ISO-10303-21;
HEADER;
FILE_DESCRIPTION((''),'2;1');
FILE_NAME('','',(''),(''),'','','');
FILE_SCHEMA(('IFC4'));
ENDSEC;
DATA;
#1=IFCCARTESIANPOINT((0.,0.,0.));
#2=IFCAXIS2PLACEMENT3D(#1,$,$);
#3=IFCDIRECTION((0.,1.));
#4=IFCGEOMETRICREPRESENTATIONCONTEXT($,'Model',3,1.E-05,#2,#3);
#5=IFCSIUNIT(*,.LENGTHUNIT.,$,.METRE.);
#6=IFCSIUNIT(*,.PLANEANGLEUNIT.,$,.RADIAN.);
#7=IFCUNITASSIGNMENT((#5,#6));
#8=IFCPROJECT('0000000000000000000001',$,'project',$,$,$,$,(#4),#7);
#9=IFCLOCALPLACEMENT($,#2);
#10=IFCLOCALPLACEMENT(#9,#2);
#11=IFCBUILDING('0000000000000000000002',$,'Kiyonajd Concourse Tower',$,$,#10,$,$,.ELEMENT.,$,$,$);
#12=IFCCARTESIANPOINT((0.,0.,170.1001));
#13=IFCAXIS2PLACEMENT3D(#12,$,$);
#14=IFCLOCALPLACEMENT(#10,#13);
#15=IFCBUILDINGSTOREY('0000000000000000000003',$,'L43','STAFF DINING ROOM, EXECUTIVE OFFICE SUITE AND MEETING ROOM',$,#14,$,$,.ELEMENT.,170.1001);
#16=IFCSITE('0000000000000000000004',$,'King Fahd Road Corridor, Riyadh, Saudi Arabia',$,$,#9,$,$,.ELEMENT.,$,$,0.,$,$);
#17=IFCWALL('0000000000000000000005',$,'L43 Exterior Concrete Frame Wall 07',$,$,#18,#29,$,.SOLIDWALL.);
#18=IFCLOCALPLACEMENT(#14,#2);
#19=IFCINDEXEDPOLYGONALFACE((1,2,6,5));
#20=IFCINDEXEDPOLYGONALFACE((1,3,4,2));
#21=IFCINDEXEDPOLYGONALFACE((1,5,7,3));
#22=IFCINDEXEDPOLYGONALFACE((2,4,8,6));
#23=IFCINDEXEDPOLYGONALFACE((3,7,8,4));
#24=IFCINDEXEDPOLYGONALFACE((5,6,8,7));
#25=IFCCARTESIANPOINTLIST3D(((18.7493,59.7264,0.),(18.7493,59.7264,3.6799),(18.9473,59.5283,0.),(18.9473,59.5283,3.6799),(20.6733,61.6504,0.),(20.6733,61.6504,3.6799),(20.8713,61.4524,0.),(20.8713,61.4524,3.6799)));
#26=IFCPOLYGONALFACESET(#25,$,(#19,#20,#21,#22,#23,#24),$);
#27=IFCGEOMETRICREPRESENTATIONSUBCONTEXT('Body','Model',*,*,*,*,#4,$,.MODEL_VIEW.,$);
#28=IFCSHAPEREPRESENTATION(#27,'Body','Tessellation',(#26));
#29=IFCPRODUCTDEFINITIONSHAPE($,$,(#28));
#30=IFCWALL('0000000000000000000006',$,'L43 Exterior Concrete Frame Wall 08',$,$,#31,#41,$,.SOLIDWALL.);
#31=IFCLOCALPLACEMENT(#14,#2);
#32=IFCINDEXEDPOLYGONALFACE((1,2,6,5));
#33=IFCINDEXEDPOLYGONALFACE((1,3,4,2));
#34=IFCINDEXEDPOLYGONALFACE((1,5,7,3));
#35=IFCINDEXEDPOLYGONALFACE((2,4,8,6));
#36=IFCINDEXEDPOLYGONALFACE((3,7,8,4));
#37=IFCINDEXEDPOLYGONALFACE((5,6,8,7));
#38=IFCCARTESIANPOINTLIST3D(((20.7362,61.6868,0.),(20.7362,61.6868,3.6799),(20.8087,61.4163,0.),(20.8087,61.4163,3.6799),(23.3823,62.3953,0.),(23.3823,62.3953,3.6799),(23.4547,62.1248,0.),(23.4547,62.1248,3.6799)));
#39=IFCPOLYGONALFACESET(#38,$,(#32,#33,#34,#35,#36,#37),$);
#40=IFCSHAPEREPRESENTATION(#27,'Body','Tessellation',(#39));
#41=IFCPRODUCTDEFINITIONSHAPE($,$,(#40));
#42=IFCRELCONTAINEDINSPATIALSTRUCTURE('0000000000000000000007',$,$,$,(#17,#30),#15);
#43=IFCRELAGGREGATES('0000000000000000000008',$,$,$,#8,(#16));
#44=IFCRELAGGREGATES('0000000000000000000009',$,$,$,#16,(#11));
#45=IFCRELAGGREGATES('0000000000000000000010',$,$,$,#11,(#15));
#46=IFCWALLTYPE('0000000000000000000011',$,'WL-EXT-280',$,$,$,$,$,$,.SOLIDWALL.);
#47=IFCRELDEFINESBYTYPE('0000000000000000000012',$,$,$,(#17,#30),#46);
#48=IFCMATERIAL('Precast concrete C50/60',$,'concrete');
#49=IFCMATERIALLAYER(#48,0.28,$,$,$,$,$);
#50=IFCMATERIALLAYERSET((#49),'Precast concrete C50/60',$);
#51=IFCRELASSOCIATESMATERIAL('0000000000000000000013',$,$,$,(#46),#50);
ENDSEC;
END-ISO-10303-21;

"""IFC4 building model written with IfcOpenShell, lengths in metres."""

from ifc_helpers import new_model, si_unit, direction, frame, frame_2d, origin, place, context, subcontext, project, spatial, rectangle, extrude, material, layer, layer_set, type_object, element, save


model = new_model("IFC4")

# Units and contexts
model_context = context("Model", 3, precision=1e-05, world=origin(), true_north=direction((0.0, 1.0)))
body_context = subcontext(model_context, "Body", "Model", "MODEL_VIEW")
ifc_project = project(units=[si_unit("LENGTHUNIT", "METRE"), si_unit("PLANEANGLEUNIT", "RADIAN")], contexts=[model_context])

# Site, building, storey
site_placement = place(None, origin())
site = spatial("IfcSite", under=ifc_project, at=site_placement, Name="King Fahd Road Corridor, Riyadh, Saudi Arabia", CompositionType="ELEMENT", RefElevation=0.0)
building_placement = place(site_placement, origin())
building = spatial("IfcBuilding", under=site, at=building_placement, Name="Kiyonajd Concourse Tower", CompositionType="ELEMENT")
storey_placement = place(building_placement, frame((0.0, 0.0, 170.1001)))
storey = spatial("IfcBuildingStorey", under=building, at=storey_placement, Name="L43", Description="STAFF DINING ROOM, EXECUTIVE OFFICE SUITE AND MEETING ROOM", CompositionType="ELEMENT", Elevation=170.1001)

# Walls
ifc_material_1 = material(Name="Precast concrete C50/60", Category="concrete")
ifc_layer_1 = layer(ifc_material_1, 0.28)
ifc_layer_set_1 = layer_set([ifc_layer_1], Name="Precast concrete C50/60")
wall_type = type_object("IfcWallType", Name="WL-EXT-280", PredefinedType="SOLIDWALL", material=ifc_layer_set_1)
wall_1_placement = place(storey_placement, frame((18.8484, 59.6274, 0.0), z_axis=(0.0, 0.0, 1.0), x_axis=(0.707107, 0.707107, 0.0)))
element("IfcWall", 1, at=wall_1_placement, inside=storey, type_object=wall_type, Name="L43 Exterior Concrete Frame Wall 07", PredefinedType="SOLIDWALL", context=body_context, shape_type="SweptSolid", body=[
    extrude(rectangle(XDim=2.7209, YDim=0.28, at=frame_2d((1.3604, 0.0))), origin(), (0.0, 0.0, 1.0), 3.6799),
])
wall_2_placement = place(storey_placement, frame((20.7725, 61.5515, 0.0), z_axis=(0.0, 0.0, 1.0), x_axis=(0.965971, 0.25865, 0.0)))
element("IfcWall", 2, at=wall_2_placement, inside=storey, type_object=wall_type, Name="L43 Exterior Concrete Frame Wall 08", PredefinedType="SOLIDWALL", context=body_context, shape_type="SweptSolid", body=[
    extrude(rectangle(XDim=2.7393, YDim=0.28, at=frame_2d((1.3696, 0.0))), origin(), (0.0, 0.0, 1.0), 3.6799),
])

save(model, "model.ifc")
